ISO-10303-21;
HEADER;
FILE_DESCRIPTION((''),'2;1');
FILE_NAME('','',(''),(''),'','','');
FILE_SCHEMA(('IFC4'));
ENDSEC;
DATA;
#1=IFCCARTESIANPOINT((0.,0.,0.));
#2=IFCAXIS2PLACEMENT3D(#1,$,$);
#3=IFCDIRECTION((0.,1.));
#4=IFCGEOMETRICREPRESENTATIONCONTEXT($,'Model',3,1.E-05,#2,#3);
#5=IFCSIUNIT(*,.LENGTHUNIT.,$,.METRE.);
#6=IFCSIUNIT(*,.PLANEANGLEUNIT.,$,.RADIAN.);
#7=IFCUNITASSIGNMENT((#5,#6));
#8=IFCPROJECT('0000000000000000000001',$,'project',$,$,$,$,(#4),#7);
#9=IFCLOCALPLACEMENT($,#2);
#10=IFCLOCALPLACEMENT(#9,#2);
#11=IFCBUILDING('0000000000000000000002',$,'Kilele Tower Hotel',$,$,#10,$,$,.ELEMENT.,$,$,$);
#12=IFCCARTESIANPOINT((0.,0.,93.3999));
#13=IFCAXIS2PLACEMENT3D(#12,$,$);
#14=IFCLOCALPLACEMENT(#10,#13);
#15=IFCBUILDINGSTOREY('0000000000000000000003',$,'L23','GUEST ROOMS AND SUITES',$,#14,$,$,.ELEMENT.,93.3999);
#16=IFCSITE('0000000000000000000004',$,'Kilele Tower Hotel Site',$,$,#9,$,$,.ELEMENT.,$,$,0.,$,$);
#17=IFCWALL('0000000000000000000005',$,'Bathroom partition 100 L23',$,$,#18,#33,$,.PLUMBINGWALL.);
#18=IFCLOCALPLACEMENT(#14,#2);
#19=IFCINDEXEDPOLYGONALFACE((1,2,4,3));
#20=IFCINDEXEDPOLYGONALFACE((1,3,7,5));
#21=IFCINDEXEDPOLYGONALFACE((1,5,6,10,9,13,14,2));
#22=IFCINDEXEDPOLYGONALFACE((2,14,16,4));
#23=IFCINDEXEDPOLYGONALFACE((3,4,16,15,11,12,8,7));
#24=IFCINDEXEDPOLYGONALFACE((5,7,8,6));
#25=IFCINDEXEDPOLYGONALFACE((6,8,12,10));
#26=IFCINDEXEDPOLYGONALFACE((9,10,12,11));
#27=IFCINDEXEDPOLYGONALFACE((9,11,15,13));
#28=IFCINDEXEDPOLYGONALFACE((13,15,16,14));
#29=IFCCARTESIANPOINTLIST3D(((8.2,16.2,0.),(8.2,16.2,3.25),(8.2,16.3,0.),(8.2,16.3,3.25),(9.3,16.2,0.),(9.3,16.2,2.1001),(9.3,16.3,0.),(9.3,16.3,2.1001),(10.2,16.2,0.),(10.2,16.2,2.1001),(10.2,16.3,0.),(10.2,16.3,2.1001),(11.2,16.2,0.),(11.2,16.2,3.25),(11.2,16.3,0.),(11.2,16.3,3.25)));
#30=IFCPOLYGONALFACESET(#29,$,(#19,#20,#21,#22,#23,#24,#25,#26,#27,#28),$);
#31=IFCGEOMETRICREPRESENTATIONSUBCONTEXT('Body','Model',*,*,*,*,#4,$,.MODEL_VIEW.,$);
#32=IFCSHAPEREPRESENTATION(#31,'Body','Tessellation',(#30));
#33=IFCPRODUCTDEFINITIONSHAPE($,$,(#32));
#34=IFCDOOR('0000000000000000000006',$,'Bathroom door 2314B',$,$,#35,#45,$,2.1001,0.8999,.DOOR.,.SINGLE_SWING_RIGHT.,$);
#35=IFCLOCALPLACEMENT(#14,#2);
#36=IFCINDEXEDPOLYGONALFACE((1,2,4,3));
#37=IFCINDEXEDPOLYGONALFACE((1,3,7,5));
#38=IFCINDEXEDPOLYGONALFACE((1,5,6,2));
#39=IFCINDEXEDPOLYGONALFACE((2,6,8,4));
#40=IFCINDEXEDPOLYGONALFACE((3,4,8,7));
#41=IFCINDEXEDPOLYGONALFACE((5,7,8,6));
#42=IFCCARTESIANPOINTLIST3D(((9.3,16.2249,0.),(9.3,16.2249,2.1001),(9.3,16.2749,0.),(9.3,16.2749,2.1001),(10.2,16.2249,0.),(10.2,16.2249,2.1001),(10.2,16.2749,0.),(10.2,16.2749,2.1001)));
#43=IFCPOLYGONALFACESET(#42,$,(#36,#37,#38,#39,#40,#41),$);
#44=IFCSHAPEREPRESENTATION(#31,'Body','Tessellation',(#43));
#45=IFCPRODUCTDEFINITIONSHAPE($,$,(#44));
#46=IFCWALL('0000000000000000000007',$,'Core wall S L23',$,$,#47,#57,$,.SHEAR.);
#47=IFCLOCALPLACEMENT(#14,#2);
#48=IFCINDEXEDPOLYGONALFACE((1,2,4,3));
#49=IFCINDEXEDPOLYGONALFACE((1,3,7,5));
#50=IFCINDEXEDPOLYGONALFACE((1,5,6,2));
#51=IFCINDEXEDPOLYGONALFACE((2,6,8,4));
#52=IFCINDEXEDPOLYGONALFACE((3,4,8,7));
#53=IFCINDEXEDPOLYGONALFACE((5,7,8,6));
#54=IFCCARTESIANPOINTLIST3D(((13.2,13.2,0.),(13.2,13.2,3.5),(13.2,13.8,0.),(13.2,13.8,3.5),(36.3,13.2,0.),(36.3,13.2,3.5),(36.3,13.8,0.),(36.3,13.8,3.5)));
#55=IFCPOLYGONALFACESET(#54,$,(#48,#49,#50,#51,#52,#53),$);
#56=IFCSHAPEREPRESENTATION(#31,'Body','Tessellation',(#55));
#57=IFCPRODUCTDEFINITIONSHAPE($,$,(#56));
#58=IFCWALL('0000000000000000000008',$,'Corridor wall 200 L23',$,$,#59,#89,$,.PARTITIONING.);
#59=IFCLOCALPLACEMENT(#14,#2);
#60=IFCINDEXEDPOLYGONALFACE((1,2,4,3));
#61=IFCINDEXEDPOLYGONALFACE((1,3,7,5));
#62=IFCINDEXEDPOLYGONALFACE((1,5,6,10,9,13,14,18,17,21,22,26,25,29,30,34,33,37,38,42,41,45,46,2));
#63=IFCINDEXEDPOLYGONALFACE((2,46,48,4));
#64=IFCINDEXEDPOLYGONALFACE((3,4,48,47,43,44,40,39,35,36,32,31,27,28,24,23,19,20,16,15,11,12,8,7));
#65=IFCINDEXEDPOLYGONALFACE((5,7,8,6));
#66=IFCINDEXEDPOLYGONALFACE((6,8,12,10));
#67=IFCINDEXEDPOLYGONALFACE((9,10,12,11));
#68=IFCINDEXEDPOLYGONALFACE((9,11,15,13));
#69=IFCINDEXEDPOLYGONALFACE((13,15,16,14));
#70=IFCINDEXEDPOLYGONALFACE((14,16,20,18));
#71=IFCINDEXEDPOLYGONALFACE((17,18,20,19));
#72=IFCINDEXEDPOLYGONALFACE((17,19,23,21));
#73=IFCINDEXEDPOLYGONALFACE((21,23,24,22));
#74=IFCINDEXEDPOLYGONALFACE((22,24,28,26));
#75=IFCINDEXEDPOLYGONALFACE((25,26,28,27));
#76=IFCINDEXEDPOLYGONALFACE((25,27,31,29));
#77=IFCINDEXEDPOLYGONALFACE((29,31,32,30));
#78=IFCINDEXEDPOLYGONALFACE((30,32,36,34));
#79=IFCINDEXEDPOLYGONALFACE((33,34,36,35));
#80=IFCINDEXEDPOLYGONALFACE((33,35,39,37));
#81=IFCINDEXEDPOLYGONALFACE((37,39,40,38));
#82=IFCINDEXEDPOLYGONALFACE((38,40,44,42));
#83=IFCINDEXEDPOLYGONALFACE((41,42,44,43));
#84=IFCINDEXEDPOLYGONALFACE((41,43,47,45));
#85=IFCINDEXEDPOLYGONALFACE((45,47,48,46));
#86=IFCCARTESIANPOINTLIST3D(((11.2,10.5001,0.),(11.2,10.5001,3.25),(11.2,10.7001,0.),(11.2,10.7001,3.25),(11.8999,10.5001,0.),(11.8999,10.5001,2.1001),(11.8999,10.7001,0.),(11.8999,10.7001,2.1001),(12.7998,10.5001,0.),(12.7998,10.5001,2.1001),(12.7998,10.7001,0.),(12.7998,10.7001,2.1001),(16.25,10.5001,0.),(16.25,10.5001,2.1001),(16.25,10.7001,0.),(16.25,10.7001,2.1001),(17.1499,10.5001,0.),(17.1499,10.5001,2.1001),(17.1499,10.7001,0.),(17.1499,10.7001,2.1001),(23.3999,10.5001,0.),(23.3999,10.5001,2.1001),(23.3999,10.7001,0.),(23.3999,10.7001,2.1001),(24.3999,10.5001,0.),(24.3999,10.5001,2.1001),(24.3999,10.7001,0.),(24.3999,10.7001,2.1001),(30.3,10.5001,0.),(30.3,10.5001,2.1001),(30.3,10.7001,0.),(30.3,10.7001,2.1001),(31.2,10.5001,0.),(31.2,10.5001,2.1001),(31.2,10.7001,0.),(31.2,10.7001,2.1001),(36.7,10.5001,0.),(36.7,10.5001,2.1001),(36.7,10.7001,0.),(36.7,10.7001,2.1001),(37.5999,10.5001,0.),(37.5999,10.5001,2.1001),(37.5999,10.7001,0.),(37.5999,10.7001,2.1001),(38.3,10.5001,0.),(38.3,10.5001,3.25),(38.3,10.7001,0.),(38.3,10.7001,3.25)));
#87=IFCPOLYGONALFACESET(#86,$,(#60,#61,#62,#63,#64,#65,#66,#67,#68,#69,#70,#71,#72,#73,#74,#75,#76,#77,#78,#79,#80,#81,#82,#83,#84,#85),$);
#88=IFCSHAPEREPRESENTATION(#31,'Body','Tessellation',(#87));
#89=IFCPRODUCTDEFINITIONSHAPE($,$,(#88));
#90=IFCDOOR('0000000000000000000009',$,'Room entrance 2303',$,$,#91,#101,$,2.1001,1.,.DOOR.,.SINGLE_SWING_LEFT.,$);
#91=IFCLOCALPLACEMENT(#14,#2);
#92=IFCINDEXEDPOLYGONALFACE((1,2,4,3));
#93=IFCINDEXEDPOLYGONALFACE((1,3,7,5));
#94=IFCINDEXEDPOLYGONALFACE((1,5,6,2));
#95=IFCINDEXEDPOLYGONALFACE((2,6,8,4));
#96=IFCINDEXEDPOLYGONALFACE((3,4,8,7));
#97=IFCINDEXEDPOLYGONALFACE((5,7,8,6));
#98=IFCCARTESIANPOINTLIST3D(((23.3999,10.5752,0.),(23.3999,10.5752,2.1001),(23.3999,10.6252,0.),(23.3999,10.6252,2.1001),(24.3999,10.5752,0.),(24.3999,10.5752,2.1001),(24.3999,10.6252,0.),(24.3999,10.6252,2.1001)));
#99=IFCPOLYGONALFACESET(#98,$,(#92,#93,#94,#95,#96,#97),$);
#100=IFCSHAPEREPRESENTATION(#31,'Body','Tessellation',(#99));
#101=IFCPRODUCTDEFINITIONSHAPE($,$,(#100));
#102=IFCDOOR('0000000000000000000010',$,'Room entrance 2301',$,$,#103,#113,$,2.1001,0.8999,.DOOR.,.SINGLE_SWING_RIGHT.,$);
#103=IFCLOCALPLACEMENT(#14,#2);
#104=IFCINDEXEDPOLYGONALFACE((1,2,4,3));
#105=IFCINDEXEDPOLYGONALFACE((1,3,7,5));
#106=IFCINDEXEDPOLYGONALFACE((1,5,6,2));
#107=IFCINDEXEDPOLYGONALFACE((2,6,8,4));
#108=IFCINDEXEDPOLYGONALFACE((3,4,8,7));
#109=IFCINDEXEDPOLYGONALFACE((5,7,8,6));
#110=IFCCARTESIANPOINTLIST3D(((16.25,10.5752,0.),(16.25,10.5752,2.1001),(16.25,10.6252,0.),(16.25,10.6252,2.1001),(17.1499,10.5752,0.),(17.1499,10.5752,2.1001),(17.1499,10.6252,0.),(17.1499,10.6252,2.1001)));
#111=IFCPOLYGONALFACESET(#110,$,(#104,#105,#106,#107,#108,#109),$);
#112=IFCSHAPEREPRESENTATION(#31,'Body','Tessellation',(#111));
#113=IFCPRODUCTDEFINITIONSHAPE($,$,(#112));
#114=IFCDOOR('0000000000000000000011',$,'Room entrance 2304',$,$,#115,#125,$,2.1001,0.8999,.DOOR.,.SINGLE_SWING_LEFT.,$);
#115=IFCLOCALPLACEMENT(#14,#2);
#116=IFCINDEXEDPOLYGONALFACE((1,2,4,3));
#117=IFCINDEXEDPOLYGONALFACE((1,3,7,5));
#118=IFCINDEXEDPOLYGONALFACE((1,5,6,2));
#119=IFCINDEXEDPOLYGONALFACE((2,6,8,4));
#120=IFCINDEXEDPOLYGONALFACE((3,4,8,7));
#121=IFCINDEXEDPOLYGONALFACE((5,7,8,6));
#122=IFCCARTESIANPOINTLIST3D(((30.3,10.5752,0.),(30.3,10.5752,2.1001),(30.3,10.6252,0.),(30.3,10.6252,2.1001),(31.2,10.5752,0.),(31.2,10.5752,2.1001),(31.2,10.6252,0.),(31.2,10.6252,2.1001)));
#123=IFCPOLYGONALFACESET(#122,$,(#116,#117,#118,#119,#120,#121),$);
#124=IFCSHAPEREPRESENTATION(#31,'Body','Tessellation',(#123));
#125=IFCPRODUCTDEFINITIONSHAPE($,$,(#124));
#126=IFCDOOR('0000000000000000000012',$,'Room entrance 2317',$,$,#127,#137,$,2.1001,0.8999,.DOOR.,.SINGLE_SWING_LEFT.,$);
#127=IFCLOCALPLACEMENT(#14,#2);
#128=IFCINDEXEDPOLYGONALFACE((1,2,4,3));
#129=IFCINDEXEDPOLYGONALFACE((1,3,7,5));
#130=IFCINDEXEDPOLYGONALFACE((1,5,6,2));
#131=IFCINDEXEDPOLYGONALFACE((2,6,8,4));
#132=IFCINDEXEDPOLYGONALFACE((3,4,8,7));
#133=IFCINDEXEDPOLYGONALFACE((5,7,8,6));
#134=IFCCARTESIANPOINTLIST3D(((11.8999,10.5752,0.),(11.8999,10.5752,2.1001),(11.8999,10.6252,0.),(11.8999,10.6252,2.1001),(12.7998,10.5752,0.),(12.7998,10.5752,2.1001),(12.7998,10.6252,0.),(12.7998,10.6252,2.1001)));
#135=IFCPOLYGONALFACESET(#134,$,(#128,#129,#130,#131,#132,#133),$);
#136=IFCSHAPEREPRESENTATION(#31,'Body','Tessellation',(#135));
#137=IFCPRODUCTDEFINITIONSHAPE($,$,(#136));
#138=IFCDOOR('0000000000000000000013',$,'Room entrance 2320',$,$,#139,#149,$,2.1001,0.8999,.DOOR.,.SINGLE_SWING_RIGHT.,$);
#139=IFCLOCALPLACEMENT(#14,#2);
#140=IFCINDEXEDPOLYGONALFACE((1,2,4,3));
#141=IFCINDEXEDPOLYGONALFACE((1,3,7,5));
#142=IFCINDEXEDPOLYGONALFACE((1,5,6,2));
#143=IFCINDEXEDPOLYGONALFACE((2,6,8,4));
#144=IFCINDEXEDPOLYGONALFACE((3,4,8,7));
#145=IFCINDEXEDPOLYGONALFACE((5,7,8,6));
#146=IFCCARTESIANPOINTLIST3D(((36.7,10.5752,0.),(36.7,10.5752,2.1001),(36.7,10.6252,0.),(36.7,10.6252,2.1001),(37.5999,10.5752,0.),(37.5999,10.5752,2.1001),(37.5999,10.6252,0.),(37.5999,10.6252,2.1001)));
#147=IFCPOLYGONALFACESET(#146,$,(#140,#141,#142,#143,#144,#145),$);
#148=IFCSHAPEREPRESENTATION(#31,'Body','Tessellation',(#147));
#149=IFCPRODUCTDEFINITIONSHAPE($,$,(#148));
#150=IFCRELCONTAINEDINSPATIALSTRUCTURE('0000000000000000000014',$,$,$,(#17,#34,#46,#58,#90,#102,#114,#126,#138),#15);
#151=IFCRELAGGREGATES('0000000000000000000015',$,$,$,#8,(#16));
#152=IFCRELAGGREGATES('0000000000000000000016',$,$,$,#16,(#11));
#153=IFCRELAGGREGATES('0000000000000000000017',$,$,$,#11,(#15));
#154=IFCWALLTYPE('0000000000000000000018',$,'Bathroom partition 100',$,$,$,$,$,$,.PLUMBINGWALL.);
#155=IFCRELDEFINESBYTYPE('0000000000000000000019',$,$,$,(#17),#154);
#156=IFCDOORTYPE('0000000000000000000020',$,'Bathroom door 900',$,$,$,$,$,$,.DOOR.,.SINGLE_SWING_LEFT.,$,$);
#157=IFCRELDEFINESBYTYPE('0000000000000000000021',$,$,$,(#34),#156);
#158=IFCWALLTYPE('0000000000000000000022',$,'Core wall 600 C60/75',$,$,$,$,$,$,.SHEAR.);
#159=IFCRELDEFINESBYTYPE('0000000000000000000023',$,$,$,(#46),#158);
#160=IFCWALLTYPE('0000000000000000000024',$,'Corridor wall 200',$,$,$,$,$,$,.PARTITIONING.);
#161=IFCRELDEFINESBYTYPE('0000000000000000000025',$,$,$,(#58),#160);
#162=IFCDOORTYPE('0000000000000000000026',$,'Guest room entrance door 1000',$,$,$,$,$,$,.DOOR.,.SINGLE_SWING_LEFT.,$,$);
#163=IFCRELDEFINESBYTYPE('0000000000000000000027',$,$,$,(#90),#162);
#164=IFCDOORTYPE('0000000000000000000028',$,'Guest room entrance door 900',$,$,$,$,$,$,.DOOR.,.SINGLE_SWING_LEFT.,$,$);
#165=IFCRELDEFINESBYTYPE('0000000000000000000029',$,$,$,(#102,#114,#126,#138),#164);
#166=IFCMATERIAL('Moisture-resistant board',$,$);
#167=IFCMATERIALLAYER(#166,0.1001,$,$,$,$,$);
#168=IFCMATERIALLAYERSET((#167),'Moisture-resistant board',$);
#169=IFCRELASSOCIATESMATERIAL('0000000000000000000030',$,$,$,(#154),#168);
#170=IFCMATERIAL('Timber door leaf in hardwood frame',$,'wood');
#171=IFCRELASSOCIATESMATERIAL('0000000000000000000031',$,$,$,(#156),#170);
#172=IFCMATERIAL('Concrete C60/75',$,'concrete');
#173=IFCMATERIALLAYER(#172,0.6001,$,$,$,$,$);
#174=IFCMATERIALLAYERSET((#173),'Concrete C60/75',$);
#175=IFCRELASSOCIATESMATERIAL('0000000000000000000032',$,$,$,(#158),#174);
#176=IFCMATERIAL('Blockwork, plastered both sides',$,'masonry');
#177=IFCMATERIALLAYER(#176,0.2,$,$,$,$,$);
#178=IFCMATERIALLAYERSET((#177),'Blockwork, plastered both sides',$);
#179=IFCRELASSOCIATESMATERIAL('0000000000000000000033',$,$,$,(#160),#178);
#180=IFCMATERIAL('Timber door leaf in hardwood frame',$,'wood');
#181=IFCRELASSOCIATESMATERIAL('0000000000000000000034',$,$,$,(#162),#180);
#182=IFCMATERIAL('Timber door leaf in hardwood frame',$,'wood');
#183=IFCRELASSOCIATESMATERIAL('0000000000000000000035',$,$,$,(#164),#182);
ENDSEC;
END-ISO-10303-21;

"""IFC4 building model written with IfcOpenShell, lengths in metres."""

from ifc_helpers import new_model, si_unit, direction, frame, frame_2d, origin, place, context, subcontext, project, spatial, rectangle, extrude, material, layer, layer_set, type_object, element, fill, save


model = new_model("IFC4")

# Units and contexts
model_context = context("Model", 3, precision=1e-05, world=origin(), true_north=direction((0.0, 1.0)))
body_context = subcontext(model_context, "Body", "Model", "MODEL_VIEW")
ifc_project = project(units=[si_unit("LENGTHUNIT", "METRE"), si_unit("PLANEANGLEUNIT", "RADIAN")], contexts=[model_context])

# Site, building, storey
site_placement = place(None, origin())
site = spatial("IfcSite", under=ifc_project, at=site_placement, Name="Kilele Tower Hotel Site", CompositionType="ELEMENT", RefElevation=0.0)
building_placement = place(site_placement, origin())
building = spatial("IfcBuilding", under=site, at=building_placement, Name="Kilele Tower Hotel", CompositionType="ELEMENT")
storey_placement = place(building_placement, frame((0.0, 0.0, 93.3999)))
storey = spatial("IfcBuildingStorey", under=building, at=storey_placement, Name="L23", Description="GUEST ROOMS AND SUITES", CompositionType="ELEMENT", Elevation=93.3999)

# Wall, opening, door
ifc_material_1 = material(Name="Moisture-resistant board")
ifc_layer_1 = layer(ifc_material_1, 0.1001)
ifc_layer_set_1 = layer_set([ifc_layer_1], Name="Moisture-resistant board")
wall_type_1 = type_object("IfcWallType", Name="Bathroom partition 100", PredefinedType="PLUMBINGWALL", material=ifc_layer_set_1)
wall_1_placement = place(storey_placement, frame((11.2, 16.25, 0.0), z_axis=(0.0, 0.0, 1.0), x_axis=(-1.0, 0.0, 0.0)))
wall_1 = element("IfcWall", 1, at=wall_1_placement, inside=storey, type_object=wall_type_1, Name="Bathroom partition 100 L23", PredefinedType="PLUMBINGWALL", context=body_context, shape_type="SweptSolid", body=[
    extrude(rectangle(XDim=3.0, YDim=0.1001, at=frame_2d((1.5, 0.0))), origin(), (0.0, 0.0, 1.0), 3.25),
])
opening_1_placement = place(wall_1_placement, frame((1.8999, 0.0, 0.0), z_axis=(0.0, 0.0, 1.0), x_axis=(-1.0, 0.0, 0.0)))
opening_1 = element("IfcOpeningElement", 2, at=opening_1_placement, cuts=wall_1, PredefinedType="OPENING", context=body_context, shape_type="SweptSolid", body=[
    extrude(rectangle(XDim=0.8999, YDim=2.1001, at=frame_2d((0.45, 1.05))), frame((0.0, 0.0601, 0.0), z_axis=(0.0, -1.0, 0.0), x_axis=(1.0, 0.0, 0.0)), (0.0, 0.0, 1.0), 0.1201),
])
ifc_material_2 = material(Name="Timber door leaf in hardwood frame", Category="wood")
door_type_1 = type_object("IfcDoorType", Name="Bathroom door 900", OperationType="SINGLE_SWING_LEFT", PredefinedType="DOOR", material=ifc_material_2)
door_1_placement = place(opening_1_placement, origin())
door_1 = element("IfcDoor", 3, at=door_1_placement, inside=storey, type_object=door_type_1, Name="Bathroom door 2314B", OperationType="SINGLE_SWING_RIGHT", OverallHeight=2.1001, OverallWidth=0.8999, PredefinedType="DOOR", context=body_context, shape_type="SweptSolid", body=[
    extrude(rectangle(XDim=0.8999, YDim=2.1001, at=frame_2d((0.45, 1.05))), frame((0.0, 0.0249, 0.0), z_axis=(0.0, -1.0, 0.0), x_axis=(1.0, 0.0, 0.0)), (0.0, 0.0, 1.0), 0.05),
])
fill(opening_1, door_1)

# Wall
ifc_material_3 = material(Name="Concrete C60/75", Category="concrete")
ifc_layer_2 = layer(ifc_material_3, 0.6001)
ifc_layer_set_2 = layer_set([ifc_layer_2], Name="Concrete C60/75")
wall_type_2 = type_object("IfcWallType", Name="Core wall 600 C60/75", PredefinedType="SHEAR", material=ifc_layer_set_2)
wall_2_placement = place(storey_placement, frame((13.2, 13.5, 0.0), z_axis=(0.0, 0.0, 1.0), x_axis=(1.0, 0.0, 0.0)))
element("IfcWall", 4, at=wall_2_placement, inside=storey, type_object=wall_type_2, Name="Core wall S L23", PredefinedType="SHEAR", context=body_context, shape_type="SweptSolid", body=[
    extrude(rectangle(XDim=23.1001, YDim=0.6001, at=frame_2d((11.55, 0.0))), origin(), (0.0, 0.0, 1.0), 3.5),
])

# Wall, openings, doors
ifc_material_4 = material(Name="Blockwork, plastered both sides", Category="masonry")
ifc_layer_3 = layer(ifc_material_4, 0.2)
ifc_layer_set_3 = layer_set([ifc_layer_3], Name="Blockwork, plastered both sides")
wall_type_3 = type_object("IfcWallType", Name="Corridor wall 200", PredefinedType="PARTITIONING", material=ifc_layer_set_3)
wall_3_placement = place(storey_placement, frame((11.2, 10.6001, 0.0), z_axis=(0.0, 0.0, 1.0), x_axis=(1.0, 0.0, 0.0)))
wall_3 = element("IfcWall", 5, at=wall_3_placement, inside=storey, type_object=wall_type_3, Name="Corridor wall 200 L23", PredefinedType="PARTITIONING", context=body_context, shape_type="SweptSolid", body=[
    extrude(rectangle(XDim=27.1001, YDim=0.2, at=frame_2d((13.55, 0.0))), origin(), (0.0, 0.0, 1.0), 3.25),
])
opening_2_placement = place(wall_3_placement, frame((5.95, 0.0, 0.0), z_axis=(0.0, 0.0, 1.0), x_axis=(-1.0, 0.0, 0.0)))
opening_2 = element("IfcOpeningElement", 6, at=opening_2_placement, cuts=wall_3, PredefinedType="OPENING", context=body_context, shape_type="SweptSolid", body=[
    extrude(rectangle(XDim=0.8999, YDim=2.1001, at=frame_2d((0.45, 1.05))), frame((0.0, 0.1099, 0.0), z_axis=(0.0, -1.0, 0.0), x_axis=(1.0, 0.0, 0.0)), (0.0, 0.0, 1.0), 0.22),
])
opening_3_placement = place(wall_3_placement, frame((13.2, 0.0, 0.0), z_axis=(0.0, 0.0, 1.0), x_axis=(-1.0, 0.0, 0.0)))
opening_3 = element("IfcOpeningElement", 7, at=opening_3_placement, cuts=wall_3, PredefinedType="OPENING", context=body_context, shape_type="SweptSolid", body=[
    extrude(rectangle(XDim=1.0, YDim=2.1001, at=frame_2d((0.5, 1.05))), frame((0.0, 0.1099, 0.0), z_axis=(0.0, -1.0, 0.0), x_axis=(1.0, 0.0, 0.0)), (0.0, 0.0, 1.0), 0.22),
])
opening_4_placement = place(wall_3_placement, frame((20.0, 0.0, 0.0), z_axis=(0.0, 0.0, 1.0), x_axis=(-1.0, 0.0, 0.0)))
opening_4 = element("IfcOpeningElement", 8, at=opening_4_placement, cuts=wall_3, PredefinedType="OPENING", context=body_context, shape_type="SweptSolid", body=[
    extrude(rectangle(XDim=0.8999, YDim=2.1001, at=frame_2d((0.45, 1.05))), frame((0.0, 0.1099, 0.0), z_axis=(0.0, -1.0, 0.0), x_axis=(1.0, 0.0, 0.0)), (0.0, 0.0, 1.0), 0.22),
])
opening_5_placement = place(wall_3_placement, frame((1.5999, 0.0, 0.0), z_axis=(0.0, 0.0, 1.0), x_axis=(-1.0, 0.0, 0.0)))
opening_5 = element("IfcOpeningElement", 9, at=opening_5_placement, cuts=wall_3, PredefinedType="OPENING", context=body_context, shape_type="SweptSolid", body=[
    extrude(rectangle(XDim=0.8999, YDim=2.1001, at=frame_2d((0.45, 1.05))), frame((0.0, 0.1099, 0.0), z_axis=(0.0, -1.0, 0.0), x_axis=(1.0, 0.0, 0.0)), (0.0, 0.0, 1.0), 0.22),
])
opening_6_placement = place(wall_3_placement, frame((26.3999, 0.0, 0.0), z_axis=(0.0, 0.0, 1.0), x_axis=(-1.0, 0.0, 0.0)))
opening_6 = element("IfcOpeningElement", 10, at=opening_6_placement, cuts=wall_3, PredefinedType="OPENING", context=body_context, shape_type="SweptSolid", body=[
    extrude(rectangle(XDim=0.8999, YDim=2.1001, at=frame_2d((0.45, 1.05))), frame((0.0, 0.1099, 0.0), z_axis=(0.0, -1.0, 0.0), x_axis=(1.0, 0.0, 0.0)), (0.0, 0.0, 1.0), 0.22),
])
ifc_material_5 = material(Name="Timber door leaf in hardwood frame", Category="wood")
door_type_2 = type_object("IfcDoorType", Name="Guest room entrance door 1000", OperationType="SINGLE_SWING_LEFT", PredefinedType="DOOR", material=ifc_material_5)
door_2_placement = place(opening_3_placement, origin())
door_2 = element("IfcDoor", 11, at=door_2_placement, inside=storey, type_object=door_type_2, Name="Room entrance 2303", OperationType="SINGLE_SWING_LEFT", OverallHeight=2.1001, OverallWidth=1.0, PredefinedType="DOOR", context=body_context, shape_type="SweptSolid", body=[
    extrude(rectangle(XDim=1.0, YDim=2.1001, at=frame_2d((0.5, 1.05))), frame((0.0, 0.0249, 0.0), z_axis=(0.0, -1.0, 0.0), x_axis=(1.0, 0.0, 0.0)), (0.0, 0.0, 1.0), 0.05),
])
fill(opening_3, door_2)
ifc_material_6 = material(Name="Timber door leaf in hardwood frame", Category="wood")
door_type_3 = type_object("IfcDoorType", Name="Guest room entrance door 900", OperationType="SINGLE_SWING_LEFT", PredefinedType="DOOR", material=ifc_material_6)
door_3_placement = place(opening_2_placement, origin())
door_3 = element("IfcDoor", 12, at=door_3_placement, inside=storey, type_object=door_type_3, Name="Room entrance 2301", OperationType="SINGLE_SWING_RIGHT", OverallHeight=2.1001, OverallWidth=0.8999, PredefinedType="DOOR", context=body_context, shape_type="SweptSolid", body=[
    extrude(rectangle(XDim=0.8999, YDim=2.1001, at=frame_2d((0.45, 1.05))), frame((0.0, 0.0249, 0.0), z_axis=(0.0, -1.0, 0.0), x_axis=(1.0, 0.0, 0.0)), (0.0, 0.0, 1.0), 0.05),
])
fill(opening_2, door_3)
door_4_placement = place(opening_4_placement, origin())
door_4 = element("IfcDoor", 13, at=door_4_placement, inside=storey, type_object=door_type_3, Name="Room entrance 2304", OperationType="SINGLE_SWING_LEFT", OverallHeight=2.1001, OverallWidth=0.8999, PredefinedType="DOOR", context=body_context, shape_type="SweptSolid", body=[
    extrude(rectangle(XDim=0.8999, YDim=2.1001, at=frame_2d((0.45, 1.05))), frame((0.0, 0.0249, 0.0), z_axis=(0.0, -1.0, 0.0), x_axis=(1.0, 0.0, 0.0)), (0.0, 0.0, 1.0), 0.05),
])
fill(opening_4, door_4)
door_5_placement = place(opening_5_placement, origin())
door_5 = element("IfcDoor", 14, at=door_5_placement, inside=storey, type_object=door_type_3, Name="Room entrance 2317", OperationType="SINGLE_SWING_LEFT", OverallHeight=2.1001, OverallWidth=0.8999, PredefinedType="DOOR", context=body_context, shape_type="SweptSolid", body=[
    extrude(rectangle(XDim=0.8999, YDim=2.1001, at=frame_2d((0.45, 1.05))), frame((0.0, 0.0249, 0.0), z_axis=(0.0, -1.0, 0.0), x_axis=(1.0, 0.0, 0.0)), (0.0, 0.0, 1.0), 0.05),
])
fill(opening_5, door_5)
door_6_placement = place(opening_6_placement, origin())
door_6 = element("IfcDoor", 15, at=door_6_placement, inside=storey, type_object=door_type_3, Name="Room entrance 2320", OperationType="SINGLE_SWING_RIGHT", OverallHeight=2.1001, OverallWidth=0.8999, PredefinedType="DOOR", context=body_context, shape_type="SweptSolid", body=[
    extrude(rectangle(XDim=0.8999, YDim=2.1001, at=frame_2d((0.45, 1.05))), frame((0.0, 0.0249, 0.0), z_axis=(0.0, -1.0, 0.0), x_axis=(1.0, 0.0, 0.0)), (0.0, 0.0, 1.0), 0.05),
])
fill(opening_6, door_6)

save(model, "model.ifc")
